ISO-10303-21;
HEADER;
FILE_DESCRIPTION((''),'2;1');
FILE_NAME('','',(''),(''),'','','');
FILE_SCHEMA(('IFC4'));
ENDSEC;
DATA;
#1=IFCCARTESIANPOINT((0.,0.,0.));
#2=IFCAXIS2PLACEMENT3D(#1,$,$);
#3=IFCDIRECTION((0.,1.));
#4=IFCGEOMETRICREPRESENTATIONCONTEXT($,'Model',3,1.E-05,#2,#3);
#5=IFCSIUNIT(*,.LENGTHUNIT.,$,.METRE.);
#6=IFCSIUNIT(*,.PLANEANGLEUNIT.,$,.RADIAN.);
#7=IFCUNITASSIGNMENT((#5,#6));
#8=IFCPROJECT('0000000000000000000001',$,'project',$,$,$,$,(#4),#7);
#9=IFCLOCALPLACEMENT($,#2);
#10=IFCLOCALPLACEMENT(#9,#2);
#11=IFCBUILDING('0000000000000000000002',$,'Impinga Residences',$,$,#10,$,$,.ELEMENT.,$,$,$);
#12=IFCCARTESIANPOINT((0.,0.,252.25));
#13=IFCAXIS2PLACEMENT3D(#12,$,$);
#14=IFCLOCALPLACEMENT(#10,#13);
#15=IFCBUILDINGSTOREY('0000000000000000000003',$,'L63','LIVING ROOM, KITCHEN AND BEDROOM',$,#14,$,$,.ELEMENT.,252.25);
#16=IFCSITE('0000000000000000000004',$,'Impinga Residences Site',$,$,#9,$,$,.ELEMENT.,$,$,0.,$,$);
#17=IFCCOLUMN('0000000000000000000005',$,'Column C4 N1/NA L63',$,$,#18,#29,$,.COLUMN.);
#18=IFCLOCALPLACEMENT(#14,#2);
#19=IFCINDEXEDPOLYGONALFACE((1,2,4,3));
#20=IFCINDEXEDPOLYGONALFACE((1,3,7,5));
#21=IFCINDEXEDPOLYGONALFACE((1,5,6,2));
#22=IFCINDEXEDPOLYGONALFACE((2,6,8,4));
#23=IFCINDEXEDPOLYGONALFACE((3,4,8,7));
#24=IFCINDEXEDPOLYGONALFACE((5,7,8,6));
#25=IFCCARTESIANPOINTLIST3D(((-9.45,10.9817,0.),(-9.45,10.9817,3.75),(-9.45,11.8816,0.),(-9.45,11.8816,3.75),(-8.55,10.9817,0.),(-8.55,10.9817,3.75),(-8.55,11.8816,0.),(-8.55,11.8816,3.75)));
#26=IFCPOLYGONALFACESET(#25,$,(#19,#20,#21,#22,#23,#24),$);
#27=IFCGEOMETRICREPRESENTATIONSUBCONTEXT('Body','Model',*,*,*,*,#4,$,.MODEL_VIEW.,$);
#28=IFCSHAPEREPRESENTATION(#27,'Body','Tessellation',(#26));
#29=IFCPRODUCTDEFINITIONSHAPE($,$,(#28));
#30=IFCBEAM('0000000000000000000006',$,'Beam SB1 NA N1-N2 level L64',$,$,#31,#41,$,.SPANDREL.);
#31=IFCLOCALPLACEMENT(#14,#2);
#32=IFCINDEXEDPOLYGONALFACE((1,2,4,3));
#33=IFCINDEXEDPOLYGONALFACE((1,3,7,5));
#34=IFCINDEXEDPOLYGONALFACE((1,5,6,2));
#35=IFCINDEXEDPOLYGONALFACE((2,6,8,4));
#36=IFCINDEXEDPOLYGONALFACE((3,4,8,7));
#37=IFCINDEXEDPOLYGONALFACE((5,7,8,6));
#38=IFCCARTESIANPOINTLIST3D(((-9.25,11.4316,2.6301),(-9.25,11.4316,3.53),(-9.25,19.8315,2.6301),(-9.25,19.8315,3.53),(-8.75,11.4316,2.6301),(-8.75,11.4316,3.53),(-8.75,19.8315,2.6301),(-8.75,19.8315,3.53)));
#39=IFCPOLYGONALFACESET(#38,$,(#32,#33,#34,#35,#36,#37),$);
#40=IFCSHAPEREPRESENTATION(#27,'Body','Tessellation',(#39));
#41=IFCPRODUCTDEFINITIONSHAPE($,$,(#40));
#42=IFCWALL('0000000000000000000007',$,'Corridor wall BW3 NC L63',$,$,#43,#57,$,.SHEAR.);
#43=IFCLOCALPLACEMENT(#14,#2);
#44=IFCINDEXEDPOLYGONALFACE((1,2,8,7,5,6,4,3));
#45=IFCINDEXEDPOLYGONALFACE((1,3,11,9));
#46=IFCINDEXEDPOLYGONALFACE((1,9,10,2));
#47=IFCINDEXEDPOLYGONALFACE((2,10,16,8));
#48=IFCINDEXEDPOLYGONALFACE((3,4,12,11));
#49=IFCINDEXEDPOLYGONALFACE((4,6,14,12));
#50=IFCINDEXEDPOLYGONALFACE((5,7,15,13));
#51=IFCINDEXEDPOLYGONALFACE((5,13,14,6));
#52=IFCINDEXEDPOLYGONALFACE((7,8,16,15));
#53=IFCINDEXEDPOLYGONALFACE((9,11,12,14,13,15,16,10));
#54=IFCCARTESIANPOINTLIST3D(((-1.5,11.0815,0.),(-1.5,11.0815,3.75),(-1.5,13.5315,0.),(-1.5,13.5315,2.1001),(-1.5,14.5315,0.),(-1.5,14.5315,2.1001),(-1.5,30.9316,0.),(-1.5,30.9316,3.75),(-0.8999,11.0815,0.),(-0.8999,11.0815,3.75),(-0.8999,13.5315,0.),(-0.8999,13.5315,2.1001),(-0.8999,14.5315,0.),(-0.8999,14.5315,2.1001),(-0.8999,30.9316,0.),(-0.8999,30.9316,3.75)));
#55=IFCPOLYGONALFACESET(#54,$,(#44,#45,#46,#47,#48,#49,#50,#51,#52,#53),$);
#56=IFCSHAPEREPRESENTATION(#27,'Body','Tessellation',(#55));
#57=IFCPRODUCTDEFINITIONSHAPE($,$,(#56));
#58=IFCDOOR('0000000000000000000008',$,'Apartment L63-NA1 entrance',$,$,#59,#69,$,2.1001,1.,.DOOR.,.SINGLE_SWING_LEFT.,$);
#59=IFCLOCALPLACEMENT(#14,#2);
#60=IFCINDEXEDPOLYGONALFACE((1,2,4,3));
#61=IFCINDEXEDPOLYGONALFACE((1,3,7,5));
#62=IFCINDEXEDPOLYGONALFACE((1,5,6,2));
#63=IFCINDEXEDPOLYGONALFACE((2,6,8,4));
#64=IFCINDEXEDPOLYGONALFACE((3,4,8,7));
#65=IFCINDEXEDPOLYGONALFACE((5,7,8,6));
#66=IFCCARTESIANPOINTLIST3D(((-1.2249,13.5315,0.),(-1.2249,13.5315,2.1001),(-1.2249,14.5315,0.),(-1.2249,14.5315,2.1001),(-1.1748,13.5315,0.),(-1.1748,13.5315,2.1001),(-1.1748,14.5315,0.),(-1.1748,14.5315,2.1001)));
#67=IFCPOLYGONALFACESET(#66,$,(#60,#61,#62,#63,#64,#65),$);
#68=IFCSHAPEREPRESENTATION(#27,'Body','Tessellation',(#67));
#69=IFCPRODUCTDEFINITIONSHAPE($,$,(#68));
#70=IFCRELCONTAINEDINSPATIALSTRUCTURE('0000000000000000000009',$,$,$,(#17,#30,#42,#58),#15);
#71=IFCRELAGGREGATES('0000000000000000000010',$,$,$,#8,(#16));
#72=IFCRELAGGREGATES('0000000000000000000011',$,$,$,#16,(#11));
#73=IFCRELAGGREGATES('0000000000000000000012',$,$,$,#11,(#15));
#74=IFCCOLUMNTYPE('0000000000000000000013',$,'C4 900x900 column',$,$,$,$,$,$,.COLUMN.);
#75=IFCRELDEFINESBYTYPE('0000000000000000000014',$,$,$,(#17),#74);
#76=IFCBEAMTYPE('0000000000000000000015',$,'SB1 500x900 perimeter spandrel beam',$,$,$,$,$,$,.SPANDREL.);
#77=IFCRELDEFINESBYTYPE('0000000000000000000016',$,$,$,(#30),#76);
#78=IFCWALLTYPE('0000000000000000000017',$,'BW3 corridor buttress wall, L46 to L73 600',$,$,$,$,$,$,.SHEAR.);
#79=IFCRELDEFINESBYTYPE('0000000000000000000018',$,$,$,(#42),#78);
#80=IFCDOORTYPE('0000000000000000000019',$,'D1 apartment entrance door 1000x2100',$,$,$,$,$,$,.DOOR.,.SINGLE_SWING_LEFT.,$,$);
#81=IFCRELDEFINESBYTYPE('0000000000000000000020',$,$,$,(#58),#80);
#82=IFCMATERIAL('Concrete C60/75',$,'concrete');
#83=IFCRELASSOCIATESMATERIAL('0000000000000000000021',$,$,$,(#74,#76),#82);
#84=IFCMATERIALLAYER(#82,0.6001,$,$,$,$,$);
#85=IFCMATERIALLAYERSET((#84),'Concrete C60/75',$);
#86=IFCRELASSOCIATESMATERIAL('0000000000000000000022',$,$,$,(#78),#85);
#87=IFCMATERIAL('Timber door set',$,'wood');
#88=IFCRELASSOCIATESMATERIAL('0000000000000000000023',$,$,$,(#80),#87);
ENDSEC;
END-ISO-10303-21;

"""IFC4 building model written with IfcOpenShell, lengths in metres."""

from ifc_helpers import new_model, si_unit, direction, frame, frame_2d, origin, origin_2d, place, context, subcontext, project, spatial, rectangle, extrude, material, layer, layer_set, material_profile, profile_set, type_object, element, fill, save


model = new_model("IFC4")

# Units and contexts
model_context = context("Model", 3, precision=1e-05, world=origin(), true_north=direction((0.0, 1.0)))
body_context = subcontext(model_context, "Body", "Model", "MODEL_VIEW")
ifc_project = project(units=[si_unit("LENGTHUNIT", "METRE"), si_unit("PLANEANGLEUNIT", "RADIAN")], contexts=[model_context])

# Site, building, storey
site_placement = place(None, origin())
site = spatial("IfcSite", under=ifc_project, at=site_placement, Name="Impinga Residences Site", CompositionType="ELEMENT", RefElevation=0.0)
building_placement = place(site_placement, origin())
building = spatial("IfcBuilding", under=site, at=building_placement, Name="Impinga Residences", CompositionType="ELEMENT")
storey_placement = place(building_placement, frame((0.0, 0.0, 252.25)))
storey = spatial("IfcBuildingStorey", under=building, at=storey_placement, Name="L63", Description="LIVING ROOM, KITCHEN AND BEDROOM", CompositionType="ELEMENT", Elevation=252.25)

# Column
ifc_material_1 = material(Name="Concrete C60/75", Category="concrete")
ifc_material_profile_1 = material_profile(ifc_material_1, rectangle(XDim=0.8999, YDim=0.8999, at=origin_2d()), Name="RC 900x900")
ifc_profile_set_1 = profile_set([ifc_material_profile_1], Name="Concrete C60/75")
column_type = type_object("IfcColumnType", Name="C4 900x900 column", PredefinedType="COLUMN", material=ifc_profile_set_1)
column_placement = place(storey_placement, frame((-9.0, 11.4316, 0.0), z_axis=(0.0, 0.0, 1.0), x_axis=(1.0, 0.0, 0.0)))
element("IfcColumn", 1, at=column_placement, inside=storey, type_object=column_type, Name="Column C4 N1/NA L63", PredefinedType="COLUMN", context=body_context, shape_type="SweptSolid", body=[
    extrude(rectangle(XDim=0.8999, YDim=0.8999, at=origin_2d()), origin(), (0.0, 0.0, 1.0), 3.75),
])

# Beam
ifc_material_profile_2 = material_profile(ifc_material_1, rectangle(XDim=0.5, YDim=0.8999, at=origin_2d()), Name="RC 500x900")
ifc_profile_set_2 = profile_set([ifc_material_profile_2], Name="Concrete C60/75")
beam_type = type_object("IfcBeamType", Name="SB1 500x900 perimeter spandrel beam", PredefinedType="SPANDREL", material=ifc_profile_set_2)
beam_placement = place(storey_placement, frame((-9.0, 11.4316, 3.0801), z_axis=(0.0, 1.0, 0.0), x_axis=(-1.0, 0.0, 0.0)))
element("IfcBeam", 2, at=beam_placement, inside=storey, type_object=beam_type, Name="Beam SB1 NA N1-N2 level L64", PredefinedType="SPANDREL", context=body_context, shape_type="SweptSolid", body=[
    extrude(rectangle(XDim=0.5, YDim=0.8999, at=origin_2d()), origin(), (0.0, 0.0, 1.0), 8.3999),
])

# Wall, opening, door
ifc_layer_1 = layer(ifc_material_1, 0.6001)
ifc_layer_set_1 = layer_set([ifc_layer_1], Name="Concrete C60/75")
wall_type_1 = type_object("IfcWallType", Name="BW3 corridor buttress wall, L46 to L73 600", PredefinedType="SHEAR", material=ifc_layer_set_1)
wall_1_placement = place(storey_placement, frame((-1.2, 11.0815, 0.0), z_axis=(0.0, 0.0, 1.0), x_axis=(0.0, 1.0, 0.0)))
wall_1 = element("IfcWall", 3, at=wall_1_placement, inside=storey, type_object=wall_type_1, Name="Corridor wall BW3 NC L63", PredefinedType="SHEAR", context=body_context, shape_type="SweptSolid", body=[
    extrude(rectangle(XDim=19.8501, YDim=0.6001, at=frame_2d((9.925, 0.0))), origin(), (0.0, 0.0, 1.0), 3.75),
])
opening_1_placement = place(wall_1_placement, frame((2.45, 0.0, 0.0)))
opening_1 = element("IfcOpeningElement", 4, at=opening_1_placement, cuts=wall_1, PredefinedType="OPENING", context=body_context, shape_type="SweptSolid", body=[
    extrude(rectangle(XDim=1.0, YDim=2.1001, at=frame_2d((0.5, 1.05))), frame((0.0, 0.3101, 0.0), z_axis=(0.0, -1.0, 0.0), x_axis=(1.0, 0.0, 0.0)), (0.0, 0.0, 1.0), 0.6201),
])
ifc_material_2 = material(Name="Timber door set", Category="wood")
door_type_1 = type_object("IfcDoorType", Name="D1 apartment entrance door 1000x2100", OperationType="SINGLE_SWING_LEFT", PredefinedType="DOOR", material=ifc_material_2)
door_1_placement = place(opening_1_placement, origin())
door_1 = element("IfcDoor", 5, at=door_1_placement, inside=storey, type_object=door_type_1, Name="Apartment L63-NA1 entrance", OperationType="SINGLE_SWING_LEFT", OverallHeight=2.1001, OverallWidth=1.0, PredefinedType="DOOR", context=body_context, shape_type="SweptSolid", body=[
    extrude(rectangle(XDim=1.0, YDim=2.1001, at=frame_2d((0.5, 1.05))), frame((0.0, 0.0249, 0.0), z_axis=(0.0, -1.0, 0.0), x_axis=(1.0, 0.0, 0.0)), (0.0, 0.0, 1.0), 0.05),
])
fill(opening_1, door_1)

save(model, "model.ifc")
